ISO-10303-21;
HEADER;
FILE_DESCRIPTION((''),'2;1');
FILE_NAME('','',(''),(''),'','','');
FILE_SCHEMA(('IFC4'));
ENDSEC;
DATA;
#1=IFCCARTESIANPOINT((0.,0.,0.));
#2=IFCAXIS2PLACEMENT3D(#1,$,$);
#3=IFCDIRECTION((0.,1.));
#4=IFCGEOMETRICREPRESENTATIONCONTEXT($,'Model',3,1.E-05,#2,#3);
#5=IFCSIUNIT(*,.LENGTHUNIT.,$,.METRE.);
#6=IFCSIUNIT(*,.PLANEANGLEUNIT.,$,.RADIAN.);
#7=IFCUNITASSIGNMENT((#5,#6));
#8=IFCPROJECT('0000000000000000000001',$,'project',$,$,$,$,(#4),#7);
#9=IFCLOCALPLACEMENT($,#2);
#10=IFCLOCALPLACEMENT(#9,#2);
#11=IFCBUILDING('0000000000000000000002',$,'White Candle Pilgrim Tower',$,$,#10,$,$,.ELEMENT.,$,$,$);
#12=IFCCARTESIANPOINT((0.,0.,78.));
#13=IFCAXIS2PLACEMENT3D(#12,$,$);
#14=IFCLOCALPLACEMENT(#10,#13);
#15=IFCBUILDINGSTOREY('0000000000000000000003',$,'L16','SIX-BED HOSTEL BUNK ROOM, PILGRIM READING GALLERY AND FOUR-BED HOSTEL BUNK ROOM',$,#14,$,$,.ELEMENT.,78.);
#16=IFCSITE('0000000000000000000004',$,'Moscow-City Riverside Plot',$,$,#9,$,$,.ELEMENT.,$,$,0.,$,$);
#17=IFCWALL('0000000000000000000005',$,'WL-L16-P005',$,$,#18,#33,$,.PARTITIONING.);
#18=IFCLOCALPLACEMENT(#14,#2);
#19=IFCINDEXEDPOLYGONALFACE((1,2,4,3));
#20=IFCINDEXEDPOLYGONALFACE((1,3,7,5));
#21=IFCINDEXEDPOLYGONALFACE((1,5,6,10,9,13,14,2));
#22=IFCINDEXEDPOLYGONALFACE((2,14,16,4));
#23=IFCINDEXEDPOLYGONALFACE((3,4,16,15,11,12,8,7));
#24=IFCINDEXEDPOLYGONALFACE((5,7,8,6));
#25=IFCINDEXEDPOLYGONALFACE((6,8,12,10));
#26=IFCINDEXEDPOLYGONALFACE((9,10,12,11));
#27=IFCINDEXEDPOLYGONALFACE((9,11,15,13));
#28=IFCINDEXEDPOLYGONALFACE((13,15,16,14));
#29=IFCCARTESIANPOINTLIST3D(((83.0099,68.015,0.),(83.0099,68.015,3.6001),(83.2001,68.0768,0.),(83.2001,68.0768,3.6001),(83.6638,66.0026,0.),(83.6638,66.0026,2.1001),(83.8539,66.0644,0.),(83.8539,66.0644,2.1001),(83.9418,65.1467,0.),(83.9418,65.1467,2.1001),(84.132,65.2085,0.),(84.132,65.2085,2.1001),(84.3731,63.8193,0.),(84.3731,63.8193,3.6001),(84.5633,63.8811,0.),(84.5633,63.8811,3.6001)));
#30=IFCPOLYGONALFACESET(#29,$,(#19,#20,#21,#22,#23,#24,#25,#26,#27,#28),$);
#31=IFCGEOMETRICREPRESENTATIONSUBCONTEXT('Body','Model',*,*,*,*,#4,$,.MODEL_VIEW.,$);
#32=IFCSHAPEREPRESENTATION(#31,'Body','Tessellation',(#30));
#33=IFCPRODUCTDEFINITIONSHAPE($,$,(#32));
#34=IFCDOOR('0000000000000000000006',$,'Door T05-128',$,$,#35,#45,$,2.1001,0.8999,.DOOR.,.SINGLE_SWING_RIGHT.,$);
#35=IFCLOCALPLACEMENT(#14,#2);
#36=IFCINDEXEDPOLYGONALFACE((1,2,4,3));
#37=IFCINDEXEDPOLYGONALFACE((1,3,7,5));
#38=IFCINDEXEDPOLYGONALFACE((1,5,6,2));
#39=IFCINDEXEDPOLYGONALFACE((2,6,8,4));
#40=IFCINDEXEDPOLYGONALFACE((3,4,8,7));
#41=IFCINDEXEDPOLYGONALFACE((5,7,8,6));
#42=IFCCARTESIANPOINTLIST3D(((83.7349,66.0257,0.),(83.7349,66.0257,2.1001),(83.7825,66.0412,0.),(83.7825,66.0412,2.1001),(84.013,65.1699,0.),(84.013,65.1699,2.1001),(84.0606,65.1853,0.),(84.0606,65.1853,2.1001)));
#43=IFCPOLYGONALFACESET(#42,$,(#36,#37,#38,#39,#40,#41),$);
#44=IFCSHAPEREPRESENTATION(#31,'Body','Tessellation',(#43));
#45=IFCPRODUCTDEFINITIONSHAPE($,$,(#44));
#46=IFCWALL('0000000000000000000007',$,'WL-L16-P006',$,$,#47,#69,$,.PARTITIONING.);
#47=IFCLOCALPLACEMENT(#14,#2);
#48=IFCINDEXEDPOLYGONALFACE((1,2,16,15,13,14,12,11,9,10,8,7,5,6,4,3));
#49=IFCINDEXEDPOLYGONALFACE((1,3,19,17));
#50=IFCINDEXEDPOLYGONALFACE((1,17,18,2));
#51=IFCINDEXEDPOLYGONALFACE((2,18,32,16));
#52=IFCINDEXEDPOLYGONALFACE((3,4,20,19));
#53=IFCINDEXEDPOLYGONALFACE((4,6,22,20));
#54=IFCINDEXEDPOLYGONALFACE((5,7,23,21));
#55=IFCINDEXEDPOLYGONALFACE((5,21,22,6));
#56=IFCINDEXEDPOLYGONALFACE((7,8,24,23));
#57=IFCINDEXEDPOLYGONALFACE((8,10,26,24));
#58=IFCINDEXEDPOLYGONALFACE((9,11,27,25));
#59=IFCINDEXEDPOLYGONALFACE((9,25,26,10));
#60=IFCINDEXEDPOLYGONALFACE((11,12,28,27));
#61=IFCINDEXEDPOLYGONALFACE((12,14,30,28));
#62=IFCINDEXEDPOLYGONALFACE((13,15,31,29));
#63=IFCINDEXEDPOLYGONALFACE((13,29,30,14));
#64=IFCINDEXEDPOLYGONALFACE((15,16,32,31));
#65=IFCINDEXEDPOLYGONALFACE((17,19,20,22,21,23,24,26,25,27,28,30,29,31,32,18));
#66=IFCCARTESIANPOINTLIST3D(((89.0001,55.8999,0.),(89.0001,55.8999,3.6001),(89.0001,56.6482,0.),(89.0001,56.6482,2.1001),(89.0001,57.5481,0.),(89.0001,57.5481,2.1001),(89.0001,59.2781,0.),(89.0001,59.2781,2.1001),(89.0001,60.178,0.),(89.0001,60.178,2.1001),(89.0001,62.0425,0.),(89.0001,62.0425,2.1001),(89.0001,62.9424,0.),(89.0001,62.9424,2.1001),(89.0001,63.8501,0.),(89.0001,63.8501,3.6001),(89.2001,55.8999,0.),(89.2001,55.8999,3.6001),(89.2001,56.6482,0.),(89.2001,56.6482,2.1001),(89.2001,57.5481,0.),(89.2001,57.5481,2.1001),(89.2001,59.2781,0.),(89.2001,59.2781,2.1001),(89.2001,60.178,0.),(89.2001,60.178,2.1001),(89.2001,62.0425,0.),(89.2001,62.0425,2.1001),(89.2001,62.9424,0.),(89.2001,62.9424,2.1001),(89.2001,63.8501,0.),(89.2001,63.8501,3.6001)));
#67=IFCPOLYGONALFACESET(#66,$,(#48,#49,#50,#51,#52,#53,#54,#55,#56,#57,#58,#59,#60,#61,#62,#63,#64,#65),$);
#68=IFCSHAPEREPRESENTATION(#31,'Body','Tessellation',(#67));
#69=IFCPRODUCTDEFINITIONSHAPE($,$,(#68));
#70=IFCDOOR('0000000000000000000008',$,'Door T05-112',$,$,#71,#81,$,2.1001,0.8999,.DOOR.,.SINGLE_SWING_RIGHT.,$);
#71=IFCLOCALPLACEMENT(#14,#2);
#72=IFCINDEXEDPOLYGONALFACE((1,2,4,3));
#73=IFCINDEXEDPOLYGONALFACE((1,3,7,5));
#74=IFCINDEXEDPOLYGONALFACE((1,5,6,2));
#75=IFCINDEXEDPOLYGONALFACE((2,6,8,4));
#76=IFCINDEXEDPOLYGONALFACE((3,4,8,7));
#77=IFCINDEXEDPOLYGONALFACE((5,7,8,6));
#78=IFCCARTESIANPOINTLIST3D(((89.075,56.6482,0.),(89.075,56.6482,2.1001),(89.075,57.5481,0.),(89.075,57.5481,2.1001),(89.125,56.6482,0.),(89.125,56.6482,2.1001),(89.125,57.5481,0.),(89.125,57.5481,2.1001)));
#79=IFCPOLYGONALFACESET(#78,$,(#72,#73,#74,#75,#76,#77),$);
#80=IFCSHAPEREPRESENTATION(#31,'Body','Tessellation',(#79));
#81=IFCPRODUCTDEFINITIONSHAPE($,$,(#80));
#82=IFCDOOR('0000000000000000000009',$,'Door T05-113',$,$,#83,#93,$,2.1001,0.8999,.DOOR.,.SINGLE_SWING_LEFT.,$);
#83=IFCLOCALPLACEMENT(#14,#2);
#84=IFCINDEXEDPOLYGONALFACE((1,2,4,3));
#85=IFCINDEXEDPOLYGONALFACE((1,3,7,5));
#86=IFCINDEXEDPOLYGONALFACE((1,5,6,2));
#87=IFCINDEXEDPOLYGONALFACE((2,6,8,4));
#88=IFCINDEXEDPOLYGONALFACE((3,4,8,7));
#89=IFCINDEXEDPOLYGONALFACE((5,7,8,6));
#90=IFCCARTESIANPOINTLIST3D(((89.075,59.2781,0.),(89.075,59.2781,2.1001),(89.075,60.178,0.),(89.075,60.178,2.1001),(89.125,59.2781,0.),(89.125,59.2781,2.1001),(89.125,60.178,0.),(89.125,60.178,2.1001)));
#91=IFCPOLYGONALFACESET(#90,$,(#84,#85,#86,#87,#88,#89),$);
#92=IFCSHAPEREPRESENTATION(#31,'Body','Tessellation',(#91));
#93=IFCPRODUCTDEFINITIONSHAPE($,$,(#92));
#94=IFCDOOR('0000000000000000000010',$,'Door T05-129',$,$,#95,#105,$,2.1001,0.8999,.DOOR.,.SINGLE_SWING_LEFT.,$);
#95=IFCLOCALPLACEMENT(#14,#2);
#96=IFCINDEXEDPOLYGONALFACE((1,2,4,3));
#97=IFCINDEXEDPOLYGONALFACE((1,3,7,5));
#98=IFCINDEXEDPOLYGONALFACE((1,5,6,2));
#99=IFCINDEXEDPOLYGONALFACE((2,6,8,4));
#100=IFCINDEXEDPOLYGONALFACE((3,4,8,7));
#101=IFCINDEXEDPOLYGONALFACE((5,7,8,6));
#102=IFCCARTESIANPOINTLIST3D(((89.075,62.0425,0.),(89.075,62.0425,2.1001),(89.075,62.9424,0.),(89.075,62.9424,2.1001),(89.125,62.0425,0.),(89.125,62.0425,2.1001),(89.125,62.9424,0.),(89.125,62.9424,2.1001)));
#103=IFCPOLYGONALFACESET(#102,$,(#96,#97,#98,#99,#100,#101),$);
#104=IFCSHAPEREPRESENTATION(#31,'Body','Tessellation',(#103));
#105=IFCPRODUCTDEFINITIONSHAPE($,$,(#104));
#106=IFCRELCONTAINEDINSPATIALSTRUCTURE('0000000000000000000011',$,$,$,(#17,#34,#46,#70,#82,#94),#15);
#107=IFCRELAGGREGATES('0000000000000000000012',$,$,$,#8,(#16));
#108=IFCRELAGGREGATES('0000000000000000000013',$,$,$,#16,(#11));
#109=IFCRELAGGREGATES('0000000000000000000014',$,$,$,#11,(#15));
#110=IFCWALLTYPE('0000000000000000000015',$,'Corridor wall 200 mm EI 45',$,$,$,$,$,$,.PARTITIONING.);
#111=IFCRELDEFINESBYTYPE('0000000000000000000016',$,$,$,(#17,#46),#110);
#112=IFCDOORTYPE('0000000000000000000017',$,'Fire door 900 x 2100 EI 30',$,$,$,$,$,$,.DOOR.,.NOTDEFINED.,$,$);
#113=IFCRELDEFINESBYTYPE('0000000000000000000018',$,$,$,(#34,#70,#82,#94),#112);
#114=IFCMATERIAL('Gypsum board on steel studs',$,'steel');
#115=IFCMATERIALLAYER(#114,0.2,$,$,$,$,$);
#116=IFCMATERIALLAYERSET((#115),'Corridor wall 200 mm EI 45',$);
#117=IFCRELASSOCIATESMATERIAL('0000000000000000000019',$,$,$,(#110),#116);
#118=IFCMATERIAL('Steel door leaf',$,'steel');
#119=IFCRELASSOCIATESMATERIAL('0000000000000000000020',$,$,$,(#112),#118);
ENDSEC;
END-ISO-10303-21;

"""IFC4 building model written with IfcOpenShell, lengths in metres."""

from ifc_helpers import new_model, si_unit, direction, frame, frame_2d, origin, place, context, subcontext, project, spatial, rectangle, extrude, material, layer, layer_set, type_object, element, fill, save


model = new_model("IFC4")

# Units and contexts
model_context = context("Model", 3, precision=1e-05, world=origin(), true_north=direction((0.0, 1.0)))
body_context = subcontext(model_context, "Body", "Model", "MODEL_VIEW")
ifc_project = project(units=[si_unit("LENGTHUNIT", "METRE"), si_unit("PLANEANGLEUNIT", "RADIAN")], contexts=[model_context])

# Site, building, storey
site_placement = place(None, origin())
site = spatial("IfcSite", under=ifc_project, at=site_placement, Name="Moscow-City Riverside Plot", CompositionType="ELEMENT", RefElevation=0.0)
building_placement = place(site_placement, origin())
building = spatial("IfcBuilding", under=site, at=building_placement, Name="White Candle Pilgrim Tower", CompositionType="ELEMENT")
storey_placement = place(building_placement, frame((0.0, 0.0, 78.0)))
storey = spatial("IfcBuildingStorey", under=building, at=storey_placement, Name="L16", Description="SIX-BED HOSTEL BUNK ROOM, PILGRIM READING GALLERY AND FOUR-BED HOSTEL BUNK ROOM", CompositionType="ELEMENT", Elevation=78.0)

# Wall, opening, door
ifc_material_1 = material(Name="Gypsum board on steel studs", Category="steel")
ifc_layer_1 = layer(ifc_material_1, 0.2)
ifc_layer_set_1 = layer_set([ifc_layer_1], Name="Corridor wall 200 mm EI 45")
wall_type_1 = type_object("IfcWallType", Name="Corridor wall 200 mm EI 45", PredefinedType="PARTITIONING", material=ifc_layer_set_1)
wall_1_placement = place(storey_placement, frame((83.105, 68.0459, 0.0), z_axis=(0.0, 0.0, 1.0), x_axis=(0.309013, -0.951058, 0.0)))
wall_1 = element("IfcWall", 1, at=wall_1_placement, inside=storey, type_object=wall_type_1, Name="WL-L16-P005", PredefinedType="PARTITIONING", context=body_context, shape_type="SweptSolid", body=[
    extrude(rectangle(XDim=4.4116, YDim=0.2, at=frame_2d((2.2058, 0.0))), origin(), (0.0, 0.0, 1.0), 3.6001),
])
opening_1_placement = place(wall_1_placement, frame((2.116, 0.0, 0.0)))
opening_1 = element("IfcOpeningElement", 2, at=opening_1_placement, cuts=wall_1, PredefinedType="OPENING", context=body_context, shape_type="SweptSolid", body=[
    extrude(rectangle(XDim=0.8999, YDim=2.1001, at=frame_2d((0.45, 1.05))), frame((0.0, 0.1099, 0.0), z_axis=(0.0, -1.0, 0.0), x_axis=(1.0, 0.0, 0.0)), (0.0, 0.0, 1.0), 0.22),
])
ifc_material_2 = material(Name="Steel door leaf", Category="steel")
door_type_1 = type_object("IfcDoorType", Name="Fire door 900 x 2100 EI 30", OperationType="NOTDEFINED", PredefinedType="DOOR", material=ifc_material_2)
door_1_placement = place(opening_1_placement, origin())
door_1 = element("IfcDoor", 3, at=door_1_placement, inside=storey, type_object=door_type_1, Name="Door T05-128", OperationType="SINGLE_SWING_RIGHT", OverallHeight=2.1001, OverallWidth=0.8999, PredefinedType="DOOR", context=body_context, shape_type="SweptSolid", body=[
    extrude(rectangle(XDim=0.8999, YDim=2.1001, at=frame_2d((0.45, 1.05))), frame((0.0, 0.0249, 0.0), z_axis=(0.0, -1.0, 0.0), x_axis=(1.0, 0.0, 0.0)), (0.0, 0.0, 1.0), 0.05),
])
fill(opening_1, door_1)

# Wall, openings, doors
wall_2_placement = place(storey_placement, frame((89.1001, 63.8501, 0.0), z_axis=(0.0, 0.0, 1.0), x_axis=(0.0, -1.0, 0.0)))
wall_2 = element("IfcWall", 4, at=wall_2_placement, inside=storey, type_object=wall_type_1, Name="WL-L16-P006", PredefinedType="PARTITIONING", context=body_context, shape_type="SweptSolid", body=[
    extrude(rectangle(XDim=7.9502, YDim=0.2, at=frame_2d((3.9751, 0.0))), origin(), (0.0, 0.0, 1.0), 3.6001),
])
opening_2_placement = place(wall_2_placement, frame((6.302, 0.0, 0.0)))
opening_2 = element("IfcOpeningElement", 5, at=opening_2_placement, cuts=wall_2, PredefinedType="OPENING", context=body_context, shape_type="SweptSolid", body=[
    extrude(rectangle(XDim=0.8999, YDim=2.1001, at=frame_2d((0.45, 1.05))), frame((0.0, 0.1099, 0.0), z_axis=(0.0, -1.0, 0.0), x_axis=(1.0, 0.0, 0.0)), (0.0, 0.0, 1.0), 0.22),
])
opening_3_placement = place(wall_2_placement, frame((3.6721, 0.0, 0.0)))
opening_3 = element("IfcOpeningElement", 6, at=opening_3_placement, cuts=wall_2, PredefinedType="OPENING", context=body_context, shape_type="SweptSolid", body=[
    extrude(rectangle(XDim=0.8999, YDim=2.1001, at=frame_2d((0.45, 1.05))), frame((0.0, 0.1099, 0.0), z_axis=(0.0, -1.0, 0.0), x_axis=(1.0, 0.0, 0.0)), (0.0, 0.0, 1.0), 0.22),
])
opening_4_placement = place(wall_2_placement, frame((0.9077, 0.0, 0.0)))
opening_4 = element("IfcOpeningElement", 7, at=opening_4_placement, cuts=wall_2, PredefinedType="OPENING", context=body_context, shape_type="SweptSolid", body=[
    extrude(rectangle(XDim=0.8999, YDim=2.1001, at=frame_2d((0.45, 1.05))), frame((0.0, 0.1099, 0.0), z_axis=(0.0, -1.0, 0.0), x_axis=(1.0, 0.0, 0.0)), (0.0, 0.0, 1.0), 0.22),
])
door_2_placement = place(opening_2_placement, origin())
door_2 = element("IfcDoor", 8, at=door_2_placement, inside=storey, type_object=door_type_1, Name="Door T05-112", OperationType="SINGLE_SWING_RIGHT", OverallHeight=2.1001, OverallWidth=0.8999, PredefinedType="DOOR", context=body_context, shape_type="SweptSolid", body=[
    extrude(rectangle(XDim=0.8999, YDim=2.1001, at=frame_2d((0.45, 1.05))), frame((0.0, 0.0249, 0.0), z_axis=(0.0, -1.0, 0.0), x_axis=(1.0, 0.0, 0.0)), (0.0, 0.0, 1.0), 0.05),
])
fill(opening_2, door_2)
door_3_placement = place(opening_3_placement, origin())
door_3 = element("IfcDoor", 9, at=door_3_placement, inside=storey, type_object=door_type_1, Name="Door T05-113", OperationType="SINGLE_SWING_LEFT", OverallHeight=2.1001, OverallWidth=0.8999, PredefinedType="DOOR", context=body_context, shape_type="SweptSolid", body=[
    extrude(rectangle(XDim=0.8999, YDim=2.1001, at=frame_2d((0.45, 1.05))), frame((0.0, 0.0249, 0.0), z_axis=(0.0, -1.0, 0.0), x_axis=(1.0, 0.0, 0.0)), (0.0, 0.0, 1.0), 0.05),
])
fill(opening_3, door_3)
door_4_placement = place(opening_4_placement, origin())
door_4 = element("IfcDoor", 10, at=door_4_placement, inside=storey, type_object=door_type_1, Name="Door T05-129", OperationType="SINGLE_SWING_LEFT", OverallHeight=2.1001, OverallWidth=0.8999, PredefinedType="DOOR", context=body_context, shape_type="SweptSolid", body=[
    extrude(rectangle(XDim=0.8999, YDim=2.1001, at=frame_2d((0.45, 1.05))), frame((0.0, 0.0249, 0.0), z_axis=(0.0, -1.0, 0.0), x_axis=(1.0, 0.0, 0.0)), (0.0, 0.0, 1.0), 0.05),
])
fill(opening_4, door_4)

save(model, "model.ifc")
